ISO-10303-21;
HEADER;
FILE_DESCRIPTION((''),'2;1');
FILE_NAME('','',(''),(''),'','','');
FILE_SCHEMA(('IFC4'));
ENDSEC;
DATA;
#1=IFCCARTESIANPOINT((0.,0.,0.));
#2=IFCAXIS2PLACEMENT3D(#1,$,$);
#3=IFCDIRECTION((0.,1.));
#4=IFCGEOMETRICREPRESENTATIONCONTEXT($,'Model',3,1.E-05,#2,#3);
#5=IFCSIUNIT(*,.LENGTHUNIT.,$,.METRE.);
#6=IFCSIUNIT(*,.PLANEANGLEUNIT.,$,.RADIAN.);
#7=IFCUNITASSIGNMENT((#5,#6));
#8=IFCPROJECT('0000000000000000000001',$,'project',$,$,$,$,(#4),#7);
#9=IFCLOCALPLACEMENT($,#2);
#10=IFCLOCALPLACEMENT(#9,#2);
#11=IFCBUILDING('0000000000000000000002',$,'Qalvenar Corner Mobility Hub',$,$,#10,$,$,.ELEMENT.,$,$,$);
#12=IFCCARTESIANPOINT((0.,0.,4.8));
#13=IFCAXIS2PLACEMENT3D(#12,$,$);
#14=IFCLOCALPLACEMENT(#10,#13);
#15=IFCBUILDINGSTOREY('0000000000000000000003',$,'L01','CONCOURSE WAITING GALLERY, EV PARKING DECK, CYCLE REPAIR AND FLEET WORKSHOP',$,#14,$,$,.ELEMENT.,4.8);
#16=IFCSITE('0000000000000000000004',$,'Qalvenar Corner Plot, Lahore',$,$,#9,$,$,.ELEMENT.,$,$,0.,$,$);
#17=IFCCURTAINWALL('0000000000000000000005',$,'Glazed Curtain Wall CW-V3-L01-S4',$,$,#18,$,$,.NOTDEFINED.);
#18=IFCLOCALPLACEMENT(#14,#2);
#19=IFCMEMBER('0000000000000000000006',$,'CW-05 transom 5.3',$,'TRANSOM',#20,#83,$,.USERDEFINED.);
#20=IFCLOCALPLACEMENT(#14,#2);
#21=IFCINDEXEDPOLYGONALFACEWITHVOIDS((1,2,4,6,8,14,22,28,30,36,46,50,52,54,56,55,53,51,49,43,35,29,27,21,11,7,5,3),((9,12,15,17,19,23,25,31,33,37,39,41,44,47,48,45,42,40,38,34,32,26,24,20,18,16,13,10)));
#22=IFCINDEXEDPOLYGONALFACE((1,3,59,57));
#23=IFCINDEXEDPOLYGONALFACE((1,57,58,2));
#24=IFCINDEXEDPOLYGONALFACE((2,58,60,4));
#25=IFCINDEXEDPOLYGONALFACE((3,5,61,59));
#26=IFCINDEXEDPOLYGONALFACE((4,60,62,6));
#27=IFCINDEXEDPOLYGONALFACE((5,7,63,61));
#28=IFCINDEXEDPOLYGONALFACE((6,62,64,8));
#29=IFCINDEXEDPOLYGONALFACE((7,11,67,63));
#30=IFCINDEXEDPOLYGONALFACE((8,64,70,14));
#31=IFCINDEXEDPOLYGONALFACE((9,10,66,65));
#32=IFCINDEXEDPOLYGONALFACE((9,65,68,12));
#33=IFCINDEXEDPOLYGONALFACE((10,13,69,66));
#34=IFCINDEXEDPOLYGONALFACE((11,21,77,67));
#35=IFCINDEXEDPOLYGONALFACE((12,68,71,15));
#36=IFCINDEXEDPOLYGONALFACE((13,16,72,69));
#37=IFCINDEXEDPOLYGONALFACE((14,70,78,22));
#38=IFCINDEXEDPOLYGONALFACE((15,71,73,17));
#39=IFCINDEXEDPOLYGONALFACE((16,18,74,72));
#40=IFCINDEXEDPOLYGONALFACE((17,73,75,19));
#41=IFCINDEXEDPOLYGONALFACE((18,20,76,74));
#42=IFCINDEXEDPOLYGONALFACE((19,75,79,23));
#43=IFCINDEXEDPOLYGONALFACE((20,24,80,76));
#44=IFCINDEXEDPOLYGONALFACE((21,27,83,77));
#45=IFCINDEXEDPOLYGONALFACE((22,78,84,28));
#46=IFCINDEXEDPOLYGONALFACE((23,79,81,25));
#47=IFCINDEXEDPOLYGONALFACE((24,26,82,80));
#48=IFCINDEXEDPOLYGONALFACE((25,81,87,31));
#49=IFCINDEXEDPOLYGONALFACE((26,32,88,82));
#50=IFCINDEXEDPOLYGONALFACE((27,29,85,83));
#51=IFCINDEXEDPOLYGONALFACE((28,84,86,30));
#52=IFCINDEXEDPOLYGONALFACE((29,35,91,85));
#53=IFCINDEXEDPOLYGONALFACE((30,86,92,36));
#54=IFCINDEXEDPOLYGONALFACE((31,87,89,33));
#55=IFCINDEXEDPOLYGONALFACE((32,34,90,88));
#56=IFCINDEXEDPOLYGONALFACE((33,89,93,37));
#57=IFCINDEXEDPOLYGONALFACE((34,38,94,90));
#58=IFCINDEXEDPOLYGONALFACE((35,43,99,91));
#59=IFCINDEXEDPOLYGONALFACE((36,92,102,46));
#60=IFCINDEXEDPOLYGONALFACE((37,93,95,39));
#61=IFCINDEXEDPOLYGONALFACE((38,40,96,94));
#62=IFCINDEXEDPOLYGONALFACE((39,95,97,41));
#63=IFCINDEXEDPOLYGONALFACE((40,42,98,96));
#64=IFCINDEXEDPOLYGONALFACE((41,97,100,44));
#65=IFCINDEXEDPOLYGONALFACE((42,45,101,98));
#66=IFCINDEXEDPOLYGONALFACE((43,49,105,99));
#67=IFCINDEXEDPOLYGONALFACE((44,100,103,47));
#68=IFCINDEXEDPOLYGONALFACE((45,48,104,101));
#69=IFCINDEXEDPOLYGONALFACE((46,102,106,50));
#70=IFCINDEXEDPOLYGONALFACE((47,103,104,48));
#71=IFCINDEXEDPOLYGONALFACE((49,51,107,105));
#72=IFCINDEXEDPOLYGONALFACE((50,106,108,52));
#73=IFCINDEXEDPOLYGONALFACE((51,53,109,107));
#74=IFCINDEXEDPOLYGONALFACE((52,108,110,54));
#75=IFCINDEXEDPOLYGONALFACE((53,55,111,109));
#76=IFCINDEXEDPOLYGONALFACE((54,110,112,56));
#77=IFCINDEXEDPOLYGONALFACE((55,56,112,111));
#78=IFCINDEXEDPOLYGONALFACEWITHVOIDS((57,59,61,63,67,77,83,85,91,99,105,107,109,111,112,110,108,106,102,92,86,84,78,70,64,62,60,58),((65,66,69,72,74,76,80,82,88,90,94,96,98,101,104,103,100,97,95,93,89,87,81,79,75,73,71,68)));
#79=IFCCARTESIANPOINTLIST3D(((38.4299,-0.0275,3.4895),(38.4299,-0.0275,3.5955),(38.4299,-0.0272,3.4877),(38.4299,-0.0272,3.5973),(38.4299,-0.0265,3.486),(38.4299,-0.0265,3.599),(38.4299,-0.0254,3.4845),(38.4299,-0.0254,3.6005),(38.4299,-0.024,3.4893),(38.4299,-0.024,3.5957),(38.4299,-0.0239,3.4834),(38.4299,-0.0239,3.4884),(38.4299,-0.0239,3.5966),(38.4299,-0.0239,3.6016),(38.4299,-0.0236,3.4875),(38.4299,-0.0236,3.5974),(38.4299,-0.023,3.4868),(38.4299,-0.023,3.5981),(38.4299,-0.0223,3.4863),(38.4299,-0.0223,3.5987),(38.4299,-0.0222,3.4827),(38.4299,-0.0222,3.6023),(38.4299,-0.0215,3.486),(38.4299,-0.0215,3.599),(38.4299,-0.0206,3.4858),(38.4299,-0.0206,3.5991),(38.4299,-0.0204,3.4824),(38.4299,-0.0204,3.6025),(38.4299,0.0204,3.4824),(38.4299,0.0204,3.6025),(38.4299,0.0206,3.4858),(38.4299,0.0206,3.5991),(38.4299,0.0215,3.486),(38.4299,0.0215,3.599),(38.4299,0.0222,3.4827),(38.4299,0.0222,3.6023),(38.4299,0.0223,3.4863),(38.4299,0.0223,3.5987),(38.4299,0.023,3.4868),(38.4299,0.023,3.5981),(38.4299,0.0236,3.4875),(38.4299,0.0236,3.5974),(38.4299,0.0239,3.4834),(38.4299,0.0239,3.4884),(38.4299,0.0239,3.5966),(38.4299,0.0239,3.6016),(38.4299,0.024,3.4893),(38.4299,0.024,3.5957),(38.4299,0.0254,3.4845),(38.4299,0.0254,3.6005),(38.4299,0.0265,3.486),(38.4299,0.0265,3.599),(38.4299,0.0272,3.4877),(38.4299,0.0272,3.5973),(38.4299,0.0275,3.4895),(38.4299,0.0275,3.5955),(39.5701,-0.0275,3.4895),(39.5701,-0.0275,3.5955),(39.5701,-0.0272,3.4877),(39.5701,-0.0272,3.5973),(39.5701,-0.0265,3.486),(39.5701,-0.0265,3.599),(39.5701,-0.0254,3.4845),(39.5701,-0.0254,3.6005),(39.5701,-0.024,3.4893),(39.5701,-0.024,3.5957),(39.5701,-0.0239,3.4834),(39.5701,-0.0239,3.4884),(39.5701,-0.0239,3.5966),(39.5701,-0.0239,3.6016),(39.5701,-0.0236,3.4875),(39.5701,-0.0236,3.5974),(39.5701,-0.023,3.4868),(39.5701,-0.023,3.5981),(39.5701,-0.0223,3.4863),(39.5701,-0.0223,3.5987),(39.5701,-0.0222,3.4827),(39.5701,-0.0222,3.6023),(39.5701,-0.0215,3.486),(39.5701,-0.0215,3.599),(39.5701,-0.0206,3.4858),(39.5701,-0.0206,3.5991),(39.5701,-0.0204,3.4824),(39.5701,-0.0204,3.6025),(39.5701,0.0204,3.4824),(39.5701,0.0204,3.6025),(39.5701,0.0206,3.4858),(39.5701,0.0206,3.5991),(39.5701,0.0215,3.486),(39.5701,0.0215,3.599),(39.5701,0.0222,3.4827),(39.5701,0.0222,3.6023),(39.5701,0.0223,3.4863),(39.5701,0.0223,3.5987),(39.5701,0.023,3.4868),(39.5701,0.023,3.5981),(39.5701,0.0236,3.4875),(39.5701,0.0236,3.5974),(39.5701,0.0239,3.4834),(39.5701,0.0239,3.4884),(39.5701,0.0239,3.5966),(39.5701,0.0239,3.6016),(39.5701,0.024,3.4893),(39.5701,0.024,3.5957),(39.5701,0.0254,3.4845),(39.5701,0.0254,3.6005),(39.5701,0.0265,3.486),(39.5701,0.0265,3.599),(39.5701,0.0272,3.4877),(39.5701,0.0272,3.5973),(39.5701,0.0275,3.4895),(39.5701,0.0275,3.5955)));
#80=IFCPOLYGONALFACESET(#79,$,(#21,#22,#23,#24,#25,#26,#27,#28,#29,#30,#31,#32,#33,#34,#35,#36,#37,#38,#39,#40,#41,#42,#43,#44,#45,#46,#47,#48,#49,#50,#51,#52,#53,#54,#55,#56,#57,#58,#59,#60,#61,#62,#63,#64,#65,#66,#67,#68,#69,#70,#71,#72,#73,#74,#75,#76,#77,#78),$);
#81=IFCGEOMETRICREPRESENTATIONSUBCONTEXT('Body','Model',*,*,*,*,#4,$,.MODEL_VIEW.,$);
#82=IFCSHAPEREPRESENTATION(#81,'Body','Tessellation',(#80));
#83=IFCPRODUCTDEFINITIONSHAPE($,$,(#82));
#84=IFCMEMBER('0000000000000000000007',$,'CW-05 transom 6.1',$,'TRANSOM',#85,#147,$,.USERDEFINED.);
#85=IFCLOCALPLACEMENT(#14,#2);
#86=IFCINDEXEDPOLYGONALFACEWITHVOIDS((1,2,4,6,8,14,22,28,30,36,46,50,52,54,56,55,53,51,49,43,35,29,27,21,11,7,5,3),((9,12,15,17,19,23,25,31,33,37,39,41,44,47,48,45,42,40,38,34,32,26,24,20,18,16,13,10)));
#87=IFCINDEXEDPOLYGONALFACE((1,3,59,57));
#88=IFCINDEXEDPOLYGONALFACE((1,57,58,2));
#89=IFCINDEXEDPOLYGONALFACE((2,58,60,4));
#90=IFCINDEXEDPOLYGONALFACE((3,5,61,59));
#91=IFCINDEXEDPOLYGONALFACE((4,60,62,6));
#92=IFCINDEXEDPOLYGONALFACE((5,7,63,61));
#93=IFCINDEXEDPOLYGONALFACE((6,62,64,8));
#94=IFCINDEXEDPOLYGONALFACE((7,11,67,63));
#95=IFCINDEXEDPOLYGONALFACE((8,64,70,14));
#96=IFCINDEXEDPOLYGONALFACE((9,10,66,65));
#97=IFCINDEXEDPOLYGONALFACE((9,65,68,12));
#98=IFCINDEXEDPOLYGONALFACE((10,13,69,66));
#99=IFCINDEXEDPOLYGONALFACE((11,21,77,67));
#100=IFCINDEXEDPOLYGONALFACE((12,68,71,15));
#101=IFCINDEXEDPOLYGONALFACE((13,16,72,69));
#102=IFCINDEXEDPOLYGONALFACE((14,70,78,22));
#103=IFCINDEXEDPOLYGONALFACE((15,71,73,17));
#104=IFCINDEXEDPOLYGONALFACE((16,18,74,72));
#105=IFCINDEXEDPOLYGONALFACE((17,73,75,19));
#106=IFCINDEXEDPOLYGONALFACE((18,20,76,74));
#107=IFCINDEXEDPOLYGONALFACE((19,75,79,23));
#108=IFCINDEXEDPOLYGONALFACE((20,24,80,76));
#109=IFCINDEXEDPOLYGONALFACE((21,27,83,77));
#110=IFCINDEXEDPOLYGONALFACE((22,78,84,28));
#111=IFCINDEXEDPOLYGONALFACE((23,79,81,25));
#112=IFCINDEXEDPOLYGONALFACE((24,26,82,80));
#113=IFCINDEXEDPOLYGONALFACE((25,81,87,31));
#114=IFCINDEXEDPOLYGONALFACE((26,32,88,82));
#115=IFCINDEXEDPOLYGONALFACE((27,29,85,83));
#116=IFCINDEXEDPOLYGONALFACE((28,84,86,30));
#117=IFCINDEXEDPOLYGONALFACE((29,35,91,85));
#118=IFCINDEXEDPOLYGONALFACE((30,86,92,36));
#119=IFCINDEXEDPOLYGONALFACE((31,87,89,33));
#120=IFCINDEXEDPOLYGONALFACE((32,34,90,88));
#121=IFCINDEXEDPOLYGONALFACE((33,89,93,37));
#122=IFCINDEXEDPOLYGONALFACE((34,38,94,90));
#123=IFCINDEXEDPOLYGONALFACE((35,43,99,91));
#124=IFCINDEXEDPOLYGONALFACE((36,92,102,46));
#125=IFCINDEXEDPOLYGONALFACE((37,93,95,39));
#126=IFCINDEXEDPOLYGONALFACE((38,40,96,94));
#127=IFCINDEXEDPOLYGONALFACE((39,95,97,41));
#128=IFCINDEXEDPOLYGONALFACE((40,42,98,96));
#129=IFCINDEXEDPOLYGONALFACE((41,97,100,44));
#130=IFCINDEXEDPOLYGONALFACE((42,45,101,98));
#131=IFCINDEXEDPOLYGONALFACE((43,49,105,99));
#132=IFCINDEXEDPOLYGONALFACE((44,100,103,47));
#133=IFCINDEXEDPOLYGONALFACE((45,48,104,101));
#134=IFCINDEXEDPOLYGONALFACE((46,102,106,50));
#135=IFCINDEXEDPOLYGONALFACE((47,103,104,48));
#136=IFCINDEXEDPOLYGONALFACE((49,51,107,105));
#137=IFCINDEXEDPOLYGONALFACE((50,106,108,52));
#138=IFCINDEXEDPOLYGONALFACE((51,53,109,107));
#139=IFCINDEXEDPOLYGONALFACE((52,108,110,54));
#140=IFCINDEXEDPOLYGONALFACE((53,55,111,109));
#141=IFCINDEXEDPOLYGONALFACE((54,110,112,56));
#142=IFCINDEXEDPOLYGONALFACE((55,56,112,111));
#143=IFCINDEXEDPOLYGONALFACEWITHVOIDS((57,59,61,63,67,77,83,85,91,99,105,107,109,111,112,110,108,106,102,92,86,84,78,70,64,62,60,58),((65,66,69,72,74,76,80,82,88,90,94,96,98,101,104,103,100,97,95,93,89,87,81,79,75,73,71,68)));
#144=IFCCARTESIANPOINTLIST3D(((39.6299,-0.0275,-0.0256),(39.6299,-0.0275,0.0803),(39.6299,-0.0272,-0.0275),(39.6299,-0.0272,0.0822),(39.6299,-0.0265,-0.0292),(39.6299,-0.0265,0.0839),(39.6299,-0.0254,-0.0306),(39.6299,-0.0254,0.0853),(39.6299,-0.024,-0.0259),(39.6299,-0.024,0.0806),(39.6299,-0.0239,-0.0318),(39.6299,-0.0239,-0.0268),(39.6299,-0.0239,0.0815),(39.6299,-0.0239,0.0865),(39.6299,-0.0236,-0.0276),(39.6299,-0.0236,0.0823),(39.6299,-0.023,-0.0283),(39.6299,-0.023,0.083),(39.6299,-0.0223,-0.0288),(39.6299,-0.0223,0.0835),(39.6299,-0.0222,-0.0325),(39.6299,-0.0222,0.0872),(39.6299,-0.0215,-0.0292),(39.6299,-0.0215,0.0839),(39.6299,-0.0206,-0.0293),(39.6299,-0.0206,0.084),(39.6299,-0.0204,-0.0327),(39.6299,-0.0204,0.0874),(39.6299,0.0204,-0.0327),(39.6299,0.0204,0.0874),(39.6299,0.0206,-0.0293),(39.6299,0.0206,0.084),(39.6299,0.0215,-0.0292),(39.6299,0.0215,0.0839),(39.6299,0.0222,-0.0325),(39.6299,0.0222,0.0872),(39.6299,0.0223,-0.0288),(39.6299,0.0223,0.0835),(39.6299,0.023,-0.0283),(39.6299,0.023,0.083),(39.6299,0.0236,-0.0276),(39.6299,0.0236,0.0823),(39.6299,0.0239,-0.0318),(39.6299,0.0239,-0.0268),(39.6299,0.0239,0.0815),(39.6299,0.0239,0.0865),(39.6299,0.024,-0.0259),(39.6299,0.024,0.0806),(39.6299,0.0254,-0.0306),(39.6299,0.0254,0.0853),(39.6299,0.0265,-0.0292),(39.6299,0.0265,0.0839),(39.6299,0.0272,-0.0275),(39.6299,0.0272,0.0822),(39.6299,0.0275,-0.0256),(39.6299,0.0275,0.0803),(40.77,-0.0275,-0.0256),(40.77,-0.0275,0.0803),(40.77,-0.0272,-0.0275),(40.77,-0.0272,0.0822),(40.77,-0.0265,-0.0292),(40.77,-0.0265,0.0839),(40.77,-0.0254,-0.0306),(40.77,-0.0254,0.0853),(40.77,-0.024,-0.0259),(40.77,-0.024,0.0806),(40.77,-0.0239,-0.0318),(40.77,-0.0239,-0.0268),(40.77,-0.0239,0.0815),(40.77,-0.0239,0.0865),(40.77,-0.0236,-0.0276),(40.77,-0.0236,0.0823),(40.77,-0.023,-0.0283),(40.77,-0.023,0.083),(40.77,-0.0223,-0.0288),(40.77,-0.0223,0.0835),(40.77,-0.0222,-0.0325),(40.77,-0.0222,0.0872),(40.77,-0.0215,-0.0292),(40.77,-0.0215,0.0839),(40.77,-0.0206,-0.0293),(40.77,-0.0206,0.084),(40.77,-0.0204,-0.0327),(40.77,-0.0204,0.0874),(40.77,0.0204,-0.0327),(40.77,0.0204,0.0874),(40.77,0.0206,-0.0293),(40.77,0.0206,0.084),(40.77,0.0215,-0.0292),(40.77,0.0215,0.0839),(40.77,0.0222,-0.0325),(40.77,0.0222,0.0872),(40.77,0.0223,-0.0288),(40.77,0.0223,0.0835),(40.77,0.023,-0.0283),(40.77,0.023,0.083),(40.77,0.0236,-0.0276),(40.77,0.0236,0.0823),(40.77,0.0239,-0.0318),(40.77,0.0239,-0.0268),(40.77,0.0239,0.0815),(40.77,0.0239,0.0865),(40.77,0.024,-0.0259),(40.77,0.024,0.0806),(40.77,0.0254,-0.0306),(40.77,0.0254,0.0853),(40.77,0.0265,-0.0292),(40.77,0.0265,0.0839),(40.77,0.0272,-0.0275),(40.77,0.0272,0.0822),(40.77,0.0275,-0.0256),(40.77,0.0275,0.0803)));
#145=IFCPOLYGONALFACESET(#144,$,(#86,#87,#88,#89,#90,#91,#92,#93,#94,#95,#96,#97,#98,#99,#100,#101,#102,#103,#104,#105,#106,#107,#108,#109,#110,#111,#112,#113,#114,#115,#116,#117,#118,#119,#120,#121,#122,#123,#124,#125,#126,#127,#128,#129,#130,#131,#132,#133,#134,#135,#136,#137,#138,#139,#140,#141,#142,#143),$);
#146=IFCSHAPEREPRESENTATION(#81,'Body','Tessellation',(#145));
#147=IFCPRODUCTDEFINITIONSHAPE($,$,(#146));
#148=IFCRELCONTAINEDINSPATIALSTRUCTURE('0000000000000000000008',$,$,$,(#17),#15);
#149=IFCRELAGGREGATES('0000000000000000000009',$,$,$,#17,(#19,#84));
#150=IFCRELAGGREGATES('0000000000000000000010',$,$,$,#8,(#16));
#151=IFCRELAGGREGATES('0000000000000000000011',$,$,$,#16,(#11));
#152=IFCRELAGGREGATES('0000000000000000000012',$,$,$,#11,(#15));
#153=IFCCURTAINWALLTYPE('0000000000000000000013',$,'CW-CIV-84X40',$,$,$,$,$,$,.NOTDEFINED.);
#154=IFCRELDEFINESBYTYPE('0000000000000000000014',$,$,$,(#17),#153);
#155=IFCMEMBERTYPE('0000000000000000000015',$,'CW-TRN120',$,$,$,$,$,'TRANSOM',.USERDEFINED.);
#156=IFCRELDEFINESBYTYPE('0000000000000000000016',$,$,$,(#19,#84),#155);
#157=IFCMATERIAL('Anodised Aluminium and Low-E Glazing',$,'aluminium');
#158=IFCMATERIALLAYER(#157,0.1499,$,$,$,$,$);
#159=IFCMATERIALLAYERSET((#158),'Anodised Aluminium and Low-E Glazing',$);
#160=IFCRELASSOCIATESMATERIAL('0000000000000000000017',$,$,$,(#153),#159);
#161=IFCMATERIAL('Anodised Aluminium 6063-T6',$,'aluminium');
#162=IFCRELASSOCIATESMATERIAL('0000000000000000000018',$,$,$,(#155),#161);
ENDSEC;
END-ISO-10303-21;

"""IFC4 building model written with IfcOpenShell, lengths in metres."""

from ifc_helpers import new_model, si_unit, direction, frame, origin, origin_2d, place, context, subcontext, project, spatial, hollow_rectangle, extrude, material, layer, layer_set, material_profile, profile_set, type_object, element, aggregate, save


model = new_model("IFC4")

# Units and contexts
model_context = context("Model", 3, precision=1e-05, world=origin(), true_north=direction((0.0, 1.0)))
body_context = subcontext(model_context, "Body", "Model", "MODEL_VIEW")
ifc_project = project(units=[si_unit("LENGTHUNIT", "METRE"), si_unit("PLANEANGLEUNIT", "RADIAN")], contexts=[model_context])

# Site, building, storey
site_placement = place(None, origin())
site = spatial("IfcSite", under=ifc_project, at=site_placement, Name="Qalvenar Corner Plot, Lahore", CompositionType="ELEMENT", RefElevation=0.0)
building_placement = place(site_placement, origin())
building = spatial("IfcBuilding", under=site, at=building_placement, Name="Qalvenar Corner Mobility Hub", CompositionType="ELEMENT")
storey_placement = place(building_placement, frame((0.0, 0.0, 4.8)))
storey = spatial("IfcBuildingStorey", under=building, at=storey_placement, Name="L01", Description="CONCOURSE WAITING GALLERY, EV PARKING DECK, CYCLE REPAIR AND FLEET WORKSHOP", CompositionType="ELEMENT", Elevation=4.8)

# Curtain wall, members
ifc_material_1 = material(Name="Anodised Aluminium and Low-E Glazing", Category="aluminium")
ifc_layer_1 = layer(ifc_material_1, 0.1499)
ifc_layer_set_1 = layer_set([ifc_layer_1], Name="Anodised Aluminium and Low-E Glazing")
curtain_wall_type = type_object("IfcCurtainWallType", Name="CW-CIV-84X40", PredefinedType="NOTDEFINED", material=ifc_layer_set_1)
curtain_wall_placement = place(storey_placement, origin())
curtain_wall = element("IfcCurtainWall", 1, at=curtain_wall_placement, inside=storey, type_object=curtain_wall_type, Name="Glazed Curtain Wall CW-V3-L01-S4", PredefinedType="NOTDEFINED")
ifc_material_2 = material(Name="Anodised Aluminium 6063-T6", Category="aluminium")
ifc_material_profile_1 = material_profile(ifc_material_2, hollow_rectangle(XDim=0.0549, YDim=0.1201, WallThickness=0.0034, InnerFilletRadius=0.0034, OuterFilletRadius=0.0071, at=origin_2d()), Name="RHS120x55x3.5")
ifc_profile_set_1 = profile_set([ifc_material_profile_1], Name="Anodised Aluminium 6063-T6")
member_type_1 = type_object("IfcMemberType", Name="CW-TRN120", ElementType="TRANSOM", PredefinedType="USERDEFINED", material=ifc_profile_set_1)
member_1_placement = place(storey_placement, frame((38.4299, 0.0, 3.5425), z_axis=(1.0, 0.0, 0.0), x_axis=(0.0, 1.0, 0.0)))
member_1 = element("IfcMember", 2, at=member_1_placement, type_object=member_type_1, Name="CW-05 transom 5.3", ObjectType="TRANSOM", PredefinedType="USERDEFINED", context=body_context, shape_type="SweptSolid", body=[
    extrude(hollow_rectangle(XDim=0.0549, YDim=0.1201, WallThickness=0.0034, InnerFilletRadius=0.0034, OuterFilletRadius=0.0071, at=origin_2d()), origin(), (0.0, 0.0, 1.0), 1.1401),
])
member_2_placement = place(storey_placement, frame((39.6299, 0.0, 0.0273), z_axis=(1.0, 0.0, 0.0), x_axis=(0.0, 1.0, 0.0)))
member_2 = element("IfcMember", 3, at=member_2_placement, type_object=member_type_1, Name="CW-05 transom 6.1", ObjectType="TRANSOM", PredefinedType="USERDEFINED", context=body_context, shape_type="SweptSolid", body=[
    extrude(hollow_rectangle(XDim=0.0549, YDim=0.1201, WallThickness=0.0034, InnerFilletRadius=0.0034, OuterFilletRadius=0.0071, at=origin_2d()), origin(), (0.0, 0.0, 1.0), 1.1401),
])
aggregate(curtain_wall, [member_1, member_2])

save(model, "model.ifc")
